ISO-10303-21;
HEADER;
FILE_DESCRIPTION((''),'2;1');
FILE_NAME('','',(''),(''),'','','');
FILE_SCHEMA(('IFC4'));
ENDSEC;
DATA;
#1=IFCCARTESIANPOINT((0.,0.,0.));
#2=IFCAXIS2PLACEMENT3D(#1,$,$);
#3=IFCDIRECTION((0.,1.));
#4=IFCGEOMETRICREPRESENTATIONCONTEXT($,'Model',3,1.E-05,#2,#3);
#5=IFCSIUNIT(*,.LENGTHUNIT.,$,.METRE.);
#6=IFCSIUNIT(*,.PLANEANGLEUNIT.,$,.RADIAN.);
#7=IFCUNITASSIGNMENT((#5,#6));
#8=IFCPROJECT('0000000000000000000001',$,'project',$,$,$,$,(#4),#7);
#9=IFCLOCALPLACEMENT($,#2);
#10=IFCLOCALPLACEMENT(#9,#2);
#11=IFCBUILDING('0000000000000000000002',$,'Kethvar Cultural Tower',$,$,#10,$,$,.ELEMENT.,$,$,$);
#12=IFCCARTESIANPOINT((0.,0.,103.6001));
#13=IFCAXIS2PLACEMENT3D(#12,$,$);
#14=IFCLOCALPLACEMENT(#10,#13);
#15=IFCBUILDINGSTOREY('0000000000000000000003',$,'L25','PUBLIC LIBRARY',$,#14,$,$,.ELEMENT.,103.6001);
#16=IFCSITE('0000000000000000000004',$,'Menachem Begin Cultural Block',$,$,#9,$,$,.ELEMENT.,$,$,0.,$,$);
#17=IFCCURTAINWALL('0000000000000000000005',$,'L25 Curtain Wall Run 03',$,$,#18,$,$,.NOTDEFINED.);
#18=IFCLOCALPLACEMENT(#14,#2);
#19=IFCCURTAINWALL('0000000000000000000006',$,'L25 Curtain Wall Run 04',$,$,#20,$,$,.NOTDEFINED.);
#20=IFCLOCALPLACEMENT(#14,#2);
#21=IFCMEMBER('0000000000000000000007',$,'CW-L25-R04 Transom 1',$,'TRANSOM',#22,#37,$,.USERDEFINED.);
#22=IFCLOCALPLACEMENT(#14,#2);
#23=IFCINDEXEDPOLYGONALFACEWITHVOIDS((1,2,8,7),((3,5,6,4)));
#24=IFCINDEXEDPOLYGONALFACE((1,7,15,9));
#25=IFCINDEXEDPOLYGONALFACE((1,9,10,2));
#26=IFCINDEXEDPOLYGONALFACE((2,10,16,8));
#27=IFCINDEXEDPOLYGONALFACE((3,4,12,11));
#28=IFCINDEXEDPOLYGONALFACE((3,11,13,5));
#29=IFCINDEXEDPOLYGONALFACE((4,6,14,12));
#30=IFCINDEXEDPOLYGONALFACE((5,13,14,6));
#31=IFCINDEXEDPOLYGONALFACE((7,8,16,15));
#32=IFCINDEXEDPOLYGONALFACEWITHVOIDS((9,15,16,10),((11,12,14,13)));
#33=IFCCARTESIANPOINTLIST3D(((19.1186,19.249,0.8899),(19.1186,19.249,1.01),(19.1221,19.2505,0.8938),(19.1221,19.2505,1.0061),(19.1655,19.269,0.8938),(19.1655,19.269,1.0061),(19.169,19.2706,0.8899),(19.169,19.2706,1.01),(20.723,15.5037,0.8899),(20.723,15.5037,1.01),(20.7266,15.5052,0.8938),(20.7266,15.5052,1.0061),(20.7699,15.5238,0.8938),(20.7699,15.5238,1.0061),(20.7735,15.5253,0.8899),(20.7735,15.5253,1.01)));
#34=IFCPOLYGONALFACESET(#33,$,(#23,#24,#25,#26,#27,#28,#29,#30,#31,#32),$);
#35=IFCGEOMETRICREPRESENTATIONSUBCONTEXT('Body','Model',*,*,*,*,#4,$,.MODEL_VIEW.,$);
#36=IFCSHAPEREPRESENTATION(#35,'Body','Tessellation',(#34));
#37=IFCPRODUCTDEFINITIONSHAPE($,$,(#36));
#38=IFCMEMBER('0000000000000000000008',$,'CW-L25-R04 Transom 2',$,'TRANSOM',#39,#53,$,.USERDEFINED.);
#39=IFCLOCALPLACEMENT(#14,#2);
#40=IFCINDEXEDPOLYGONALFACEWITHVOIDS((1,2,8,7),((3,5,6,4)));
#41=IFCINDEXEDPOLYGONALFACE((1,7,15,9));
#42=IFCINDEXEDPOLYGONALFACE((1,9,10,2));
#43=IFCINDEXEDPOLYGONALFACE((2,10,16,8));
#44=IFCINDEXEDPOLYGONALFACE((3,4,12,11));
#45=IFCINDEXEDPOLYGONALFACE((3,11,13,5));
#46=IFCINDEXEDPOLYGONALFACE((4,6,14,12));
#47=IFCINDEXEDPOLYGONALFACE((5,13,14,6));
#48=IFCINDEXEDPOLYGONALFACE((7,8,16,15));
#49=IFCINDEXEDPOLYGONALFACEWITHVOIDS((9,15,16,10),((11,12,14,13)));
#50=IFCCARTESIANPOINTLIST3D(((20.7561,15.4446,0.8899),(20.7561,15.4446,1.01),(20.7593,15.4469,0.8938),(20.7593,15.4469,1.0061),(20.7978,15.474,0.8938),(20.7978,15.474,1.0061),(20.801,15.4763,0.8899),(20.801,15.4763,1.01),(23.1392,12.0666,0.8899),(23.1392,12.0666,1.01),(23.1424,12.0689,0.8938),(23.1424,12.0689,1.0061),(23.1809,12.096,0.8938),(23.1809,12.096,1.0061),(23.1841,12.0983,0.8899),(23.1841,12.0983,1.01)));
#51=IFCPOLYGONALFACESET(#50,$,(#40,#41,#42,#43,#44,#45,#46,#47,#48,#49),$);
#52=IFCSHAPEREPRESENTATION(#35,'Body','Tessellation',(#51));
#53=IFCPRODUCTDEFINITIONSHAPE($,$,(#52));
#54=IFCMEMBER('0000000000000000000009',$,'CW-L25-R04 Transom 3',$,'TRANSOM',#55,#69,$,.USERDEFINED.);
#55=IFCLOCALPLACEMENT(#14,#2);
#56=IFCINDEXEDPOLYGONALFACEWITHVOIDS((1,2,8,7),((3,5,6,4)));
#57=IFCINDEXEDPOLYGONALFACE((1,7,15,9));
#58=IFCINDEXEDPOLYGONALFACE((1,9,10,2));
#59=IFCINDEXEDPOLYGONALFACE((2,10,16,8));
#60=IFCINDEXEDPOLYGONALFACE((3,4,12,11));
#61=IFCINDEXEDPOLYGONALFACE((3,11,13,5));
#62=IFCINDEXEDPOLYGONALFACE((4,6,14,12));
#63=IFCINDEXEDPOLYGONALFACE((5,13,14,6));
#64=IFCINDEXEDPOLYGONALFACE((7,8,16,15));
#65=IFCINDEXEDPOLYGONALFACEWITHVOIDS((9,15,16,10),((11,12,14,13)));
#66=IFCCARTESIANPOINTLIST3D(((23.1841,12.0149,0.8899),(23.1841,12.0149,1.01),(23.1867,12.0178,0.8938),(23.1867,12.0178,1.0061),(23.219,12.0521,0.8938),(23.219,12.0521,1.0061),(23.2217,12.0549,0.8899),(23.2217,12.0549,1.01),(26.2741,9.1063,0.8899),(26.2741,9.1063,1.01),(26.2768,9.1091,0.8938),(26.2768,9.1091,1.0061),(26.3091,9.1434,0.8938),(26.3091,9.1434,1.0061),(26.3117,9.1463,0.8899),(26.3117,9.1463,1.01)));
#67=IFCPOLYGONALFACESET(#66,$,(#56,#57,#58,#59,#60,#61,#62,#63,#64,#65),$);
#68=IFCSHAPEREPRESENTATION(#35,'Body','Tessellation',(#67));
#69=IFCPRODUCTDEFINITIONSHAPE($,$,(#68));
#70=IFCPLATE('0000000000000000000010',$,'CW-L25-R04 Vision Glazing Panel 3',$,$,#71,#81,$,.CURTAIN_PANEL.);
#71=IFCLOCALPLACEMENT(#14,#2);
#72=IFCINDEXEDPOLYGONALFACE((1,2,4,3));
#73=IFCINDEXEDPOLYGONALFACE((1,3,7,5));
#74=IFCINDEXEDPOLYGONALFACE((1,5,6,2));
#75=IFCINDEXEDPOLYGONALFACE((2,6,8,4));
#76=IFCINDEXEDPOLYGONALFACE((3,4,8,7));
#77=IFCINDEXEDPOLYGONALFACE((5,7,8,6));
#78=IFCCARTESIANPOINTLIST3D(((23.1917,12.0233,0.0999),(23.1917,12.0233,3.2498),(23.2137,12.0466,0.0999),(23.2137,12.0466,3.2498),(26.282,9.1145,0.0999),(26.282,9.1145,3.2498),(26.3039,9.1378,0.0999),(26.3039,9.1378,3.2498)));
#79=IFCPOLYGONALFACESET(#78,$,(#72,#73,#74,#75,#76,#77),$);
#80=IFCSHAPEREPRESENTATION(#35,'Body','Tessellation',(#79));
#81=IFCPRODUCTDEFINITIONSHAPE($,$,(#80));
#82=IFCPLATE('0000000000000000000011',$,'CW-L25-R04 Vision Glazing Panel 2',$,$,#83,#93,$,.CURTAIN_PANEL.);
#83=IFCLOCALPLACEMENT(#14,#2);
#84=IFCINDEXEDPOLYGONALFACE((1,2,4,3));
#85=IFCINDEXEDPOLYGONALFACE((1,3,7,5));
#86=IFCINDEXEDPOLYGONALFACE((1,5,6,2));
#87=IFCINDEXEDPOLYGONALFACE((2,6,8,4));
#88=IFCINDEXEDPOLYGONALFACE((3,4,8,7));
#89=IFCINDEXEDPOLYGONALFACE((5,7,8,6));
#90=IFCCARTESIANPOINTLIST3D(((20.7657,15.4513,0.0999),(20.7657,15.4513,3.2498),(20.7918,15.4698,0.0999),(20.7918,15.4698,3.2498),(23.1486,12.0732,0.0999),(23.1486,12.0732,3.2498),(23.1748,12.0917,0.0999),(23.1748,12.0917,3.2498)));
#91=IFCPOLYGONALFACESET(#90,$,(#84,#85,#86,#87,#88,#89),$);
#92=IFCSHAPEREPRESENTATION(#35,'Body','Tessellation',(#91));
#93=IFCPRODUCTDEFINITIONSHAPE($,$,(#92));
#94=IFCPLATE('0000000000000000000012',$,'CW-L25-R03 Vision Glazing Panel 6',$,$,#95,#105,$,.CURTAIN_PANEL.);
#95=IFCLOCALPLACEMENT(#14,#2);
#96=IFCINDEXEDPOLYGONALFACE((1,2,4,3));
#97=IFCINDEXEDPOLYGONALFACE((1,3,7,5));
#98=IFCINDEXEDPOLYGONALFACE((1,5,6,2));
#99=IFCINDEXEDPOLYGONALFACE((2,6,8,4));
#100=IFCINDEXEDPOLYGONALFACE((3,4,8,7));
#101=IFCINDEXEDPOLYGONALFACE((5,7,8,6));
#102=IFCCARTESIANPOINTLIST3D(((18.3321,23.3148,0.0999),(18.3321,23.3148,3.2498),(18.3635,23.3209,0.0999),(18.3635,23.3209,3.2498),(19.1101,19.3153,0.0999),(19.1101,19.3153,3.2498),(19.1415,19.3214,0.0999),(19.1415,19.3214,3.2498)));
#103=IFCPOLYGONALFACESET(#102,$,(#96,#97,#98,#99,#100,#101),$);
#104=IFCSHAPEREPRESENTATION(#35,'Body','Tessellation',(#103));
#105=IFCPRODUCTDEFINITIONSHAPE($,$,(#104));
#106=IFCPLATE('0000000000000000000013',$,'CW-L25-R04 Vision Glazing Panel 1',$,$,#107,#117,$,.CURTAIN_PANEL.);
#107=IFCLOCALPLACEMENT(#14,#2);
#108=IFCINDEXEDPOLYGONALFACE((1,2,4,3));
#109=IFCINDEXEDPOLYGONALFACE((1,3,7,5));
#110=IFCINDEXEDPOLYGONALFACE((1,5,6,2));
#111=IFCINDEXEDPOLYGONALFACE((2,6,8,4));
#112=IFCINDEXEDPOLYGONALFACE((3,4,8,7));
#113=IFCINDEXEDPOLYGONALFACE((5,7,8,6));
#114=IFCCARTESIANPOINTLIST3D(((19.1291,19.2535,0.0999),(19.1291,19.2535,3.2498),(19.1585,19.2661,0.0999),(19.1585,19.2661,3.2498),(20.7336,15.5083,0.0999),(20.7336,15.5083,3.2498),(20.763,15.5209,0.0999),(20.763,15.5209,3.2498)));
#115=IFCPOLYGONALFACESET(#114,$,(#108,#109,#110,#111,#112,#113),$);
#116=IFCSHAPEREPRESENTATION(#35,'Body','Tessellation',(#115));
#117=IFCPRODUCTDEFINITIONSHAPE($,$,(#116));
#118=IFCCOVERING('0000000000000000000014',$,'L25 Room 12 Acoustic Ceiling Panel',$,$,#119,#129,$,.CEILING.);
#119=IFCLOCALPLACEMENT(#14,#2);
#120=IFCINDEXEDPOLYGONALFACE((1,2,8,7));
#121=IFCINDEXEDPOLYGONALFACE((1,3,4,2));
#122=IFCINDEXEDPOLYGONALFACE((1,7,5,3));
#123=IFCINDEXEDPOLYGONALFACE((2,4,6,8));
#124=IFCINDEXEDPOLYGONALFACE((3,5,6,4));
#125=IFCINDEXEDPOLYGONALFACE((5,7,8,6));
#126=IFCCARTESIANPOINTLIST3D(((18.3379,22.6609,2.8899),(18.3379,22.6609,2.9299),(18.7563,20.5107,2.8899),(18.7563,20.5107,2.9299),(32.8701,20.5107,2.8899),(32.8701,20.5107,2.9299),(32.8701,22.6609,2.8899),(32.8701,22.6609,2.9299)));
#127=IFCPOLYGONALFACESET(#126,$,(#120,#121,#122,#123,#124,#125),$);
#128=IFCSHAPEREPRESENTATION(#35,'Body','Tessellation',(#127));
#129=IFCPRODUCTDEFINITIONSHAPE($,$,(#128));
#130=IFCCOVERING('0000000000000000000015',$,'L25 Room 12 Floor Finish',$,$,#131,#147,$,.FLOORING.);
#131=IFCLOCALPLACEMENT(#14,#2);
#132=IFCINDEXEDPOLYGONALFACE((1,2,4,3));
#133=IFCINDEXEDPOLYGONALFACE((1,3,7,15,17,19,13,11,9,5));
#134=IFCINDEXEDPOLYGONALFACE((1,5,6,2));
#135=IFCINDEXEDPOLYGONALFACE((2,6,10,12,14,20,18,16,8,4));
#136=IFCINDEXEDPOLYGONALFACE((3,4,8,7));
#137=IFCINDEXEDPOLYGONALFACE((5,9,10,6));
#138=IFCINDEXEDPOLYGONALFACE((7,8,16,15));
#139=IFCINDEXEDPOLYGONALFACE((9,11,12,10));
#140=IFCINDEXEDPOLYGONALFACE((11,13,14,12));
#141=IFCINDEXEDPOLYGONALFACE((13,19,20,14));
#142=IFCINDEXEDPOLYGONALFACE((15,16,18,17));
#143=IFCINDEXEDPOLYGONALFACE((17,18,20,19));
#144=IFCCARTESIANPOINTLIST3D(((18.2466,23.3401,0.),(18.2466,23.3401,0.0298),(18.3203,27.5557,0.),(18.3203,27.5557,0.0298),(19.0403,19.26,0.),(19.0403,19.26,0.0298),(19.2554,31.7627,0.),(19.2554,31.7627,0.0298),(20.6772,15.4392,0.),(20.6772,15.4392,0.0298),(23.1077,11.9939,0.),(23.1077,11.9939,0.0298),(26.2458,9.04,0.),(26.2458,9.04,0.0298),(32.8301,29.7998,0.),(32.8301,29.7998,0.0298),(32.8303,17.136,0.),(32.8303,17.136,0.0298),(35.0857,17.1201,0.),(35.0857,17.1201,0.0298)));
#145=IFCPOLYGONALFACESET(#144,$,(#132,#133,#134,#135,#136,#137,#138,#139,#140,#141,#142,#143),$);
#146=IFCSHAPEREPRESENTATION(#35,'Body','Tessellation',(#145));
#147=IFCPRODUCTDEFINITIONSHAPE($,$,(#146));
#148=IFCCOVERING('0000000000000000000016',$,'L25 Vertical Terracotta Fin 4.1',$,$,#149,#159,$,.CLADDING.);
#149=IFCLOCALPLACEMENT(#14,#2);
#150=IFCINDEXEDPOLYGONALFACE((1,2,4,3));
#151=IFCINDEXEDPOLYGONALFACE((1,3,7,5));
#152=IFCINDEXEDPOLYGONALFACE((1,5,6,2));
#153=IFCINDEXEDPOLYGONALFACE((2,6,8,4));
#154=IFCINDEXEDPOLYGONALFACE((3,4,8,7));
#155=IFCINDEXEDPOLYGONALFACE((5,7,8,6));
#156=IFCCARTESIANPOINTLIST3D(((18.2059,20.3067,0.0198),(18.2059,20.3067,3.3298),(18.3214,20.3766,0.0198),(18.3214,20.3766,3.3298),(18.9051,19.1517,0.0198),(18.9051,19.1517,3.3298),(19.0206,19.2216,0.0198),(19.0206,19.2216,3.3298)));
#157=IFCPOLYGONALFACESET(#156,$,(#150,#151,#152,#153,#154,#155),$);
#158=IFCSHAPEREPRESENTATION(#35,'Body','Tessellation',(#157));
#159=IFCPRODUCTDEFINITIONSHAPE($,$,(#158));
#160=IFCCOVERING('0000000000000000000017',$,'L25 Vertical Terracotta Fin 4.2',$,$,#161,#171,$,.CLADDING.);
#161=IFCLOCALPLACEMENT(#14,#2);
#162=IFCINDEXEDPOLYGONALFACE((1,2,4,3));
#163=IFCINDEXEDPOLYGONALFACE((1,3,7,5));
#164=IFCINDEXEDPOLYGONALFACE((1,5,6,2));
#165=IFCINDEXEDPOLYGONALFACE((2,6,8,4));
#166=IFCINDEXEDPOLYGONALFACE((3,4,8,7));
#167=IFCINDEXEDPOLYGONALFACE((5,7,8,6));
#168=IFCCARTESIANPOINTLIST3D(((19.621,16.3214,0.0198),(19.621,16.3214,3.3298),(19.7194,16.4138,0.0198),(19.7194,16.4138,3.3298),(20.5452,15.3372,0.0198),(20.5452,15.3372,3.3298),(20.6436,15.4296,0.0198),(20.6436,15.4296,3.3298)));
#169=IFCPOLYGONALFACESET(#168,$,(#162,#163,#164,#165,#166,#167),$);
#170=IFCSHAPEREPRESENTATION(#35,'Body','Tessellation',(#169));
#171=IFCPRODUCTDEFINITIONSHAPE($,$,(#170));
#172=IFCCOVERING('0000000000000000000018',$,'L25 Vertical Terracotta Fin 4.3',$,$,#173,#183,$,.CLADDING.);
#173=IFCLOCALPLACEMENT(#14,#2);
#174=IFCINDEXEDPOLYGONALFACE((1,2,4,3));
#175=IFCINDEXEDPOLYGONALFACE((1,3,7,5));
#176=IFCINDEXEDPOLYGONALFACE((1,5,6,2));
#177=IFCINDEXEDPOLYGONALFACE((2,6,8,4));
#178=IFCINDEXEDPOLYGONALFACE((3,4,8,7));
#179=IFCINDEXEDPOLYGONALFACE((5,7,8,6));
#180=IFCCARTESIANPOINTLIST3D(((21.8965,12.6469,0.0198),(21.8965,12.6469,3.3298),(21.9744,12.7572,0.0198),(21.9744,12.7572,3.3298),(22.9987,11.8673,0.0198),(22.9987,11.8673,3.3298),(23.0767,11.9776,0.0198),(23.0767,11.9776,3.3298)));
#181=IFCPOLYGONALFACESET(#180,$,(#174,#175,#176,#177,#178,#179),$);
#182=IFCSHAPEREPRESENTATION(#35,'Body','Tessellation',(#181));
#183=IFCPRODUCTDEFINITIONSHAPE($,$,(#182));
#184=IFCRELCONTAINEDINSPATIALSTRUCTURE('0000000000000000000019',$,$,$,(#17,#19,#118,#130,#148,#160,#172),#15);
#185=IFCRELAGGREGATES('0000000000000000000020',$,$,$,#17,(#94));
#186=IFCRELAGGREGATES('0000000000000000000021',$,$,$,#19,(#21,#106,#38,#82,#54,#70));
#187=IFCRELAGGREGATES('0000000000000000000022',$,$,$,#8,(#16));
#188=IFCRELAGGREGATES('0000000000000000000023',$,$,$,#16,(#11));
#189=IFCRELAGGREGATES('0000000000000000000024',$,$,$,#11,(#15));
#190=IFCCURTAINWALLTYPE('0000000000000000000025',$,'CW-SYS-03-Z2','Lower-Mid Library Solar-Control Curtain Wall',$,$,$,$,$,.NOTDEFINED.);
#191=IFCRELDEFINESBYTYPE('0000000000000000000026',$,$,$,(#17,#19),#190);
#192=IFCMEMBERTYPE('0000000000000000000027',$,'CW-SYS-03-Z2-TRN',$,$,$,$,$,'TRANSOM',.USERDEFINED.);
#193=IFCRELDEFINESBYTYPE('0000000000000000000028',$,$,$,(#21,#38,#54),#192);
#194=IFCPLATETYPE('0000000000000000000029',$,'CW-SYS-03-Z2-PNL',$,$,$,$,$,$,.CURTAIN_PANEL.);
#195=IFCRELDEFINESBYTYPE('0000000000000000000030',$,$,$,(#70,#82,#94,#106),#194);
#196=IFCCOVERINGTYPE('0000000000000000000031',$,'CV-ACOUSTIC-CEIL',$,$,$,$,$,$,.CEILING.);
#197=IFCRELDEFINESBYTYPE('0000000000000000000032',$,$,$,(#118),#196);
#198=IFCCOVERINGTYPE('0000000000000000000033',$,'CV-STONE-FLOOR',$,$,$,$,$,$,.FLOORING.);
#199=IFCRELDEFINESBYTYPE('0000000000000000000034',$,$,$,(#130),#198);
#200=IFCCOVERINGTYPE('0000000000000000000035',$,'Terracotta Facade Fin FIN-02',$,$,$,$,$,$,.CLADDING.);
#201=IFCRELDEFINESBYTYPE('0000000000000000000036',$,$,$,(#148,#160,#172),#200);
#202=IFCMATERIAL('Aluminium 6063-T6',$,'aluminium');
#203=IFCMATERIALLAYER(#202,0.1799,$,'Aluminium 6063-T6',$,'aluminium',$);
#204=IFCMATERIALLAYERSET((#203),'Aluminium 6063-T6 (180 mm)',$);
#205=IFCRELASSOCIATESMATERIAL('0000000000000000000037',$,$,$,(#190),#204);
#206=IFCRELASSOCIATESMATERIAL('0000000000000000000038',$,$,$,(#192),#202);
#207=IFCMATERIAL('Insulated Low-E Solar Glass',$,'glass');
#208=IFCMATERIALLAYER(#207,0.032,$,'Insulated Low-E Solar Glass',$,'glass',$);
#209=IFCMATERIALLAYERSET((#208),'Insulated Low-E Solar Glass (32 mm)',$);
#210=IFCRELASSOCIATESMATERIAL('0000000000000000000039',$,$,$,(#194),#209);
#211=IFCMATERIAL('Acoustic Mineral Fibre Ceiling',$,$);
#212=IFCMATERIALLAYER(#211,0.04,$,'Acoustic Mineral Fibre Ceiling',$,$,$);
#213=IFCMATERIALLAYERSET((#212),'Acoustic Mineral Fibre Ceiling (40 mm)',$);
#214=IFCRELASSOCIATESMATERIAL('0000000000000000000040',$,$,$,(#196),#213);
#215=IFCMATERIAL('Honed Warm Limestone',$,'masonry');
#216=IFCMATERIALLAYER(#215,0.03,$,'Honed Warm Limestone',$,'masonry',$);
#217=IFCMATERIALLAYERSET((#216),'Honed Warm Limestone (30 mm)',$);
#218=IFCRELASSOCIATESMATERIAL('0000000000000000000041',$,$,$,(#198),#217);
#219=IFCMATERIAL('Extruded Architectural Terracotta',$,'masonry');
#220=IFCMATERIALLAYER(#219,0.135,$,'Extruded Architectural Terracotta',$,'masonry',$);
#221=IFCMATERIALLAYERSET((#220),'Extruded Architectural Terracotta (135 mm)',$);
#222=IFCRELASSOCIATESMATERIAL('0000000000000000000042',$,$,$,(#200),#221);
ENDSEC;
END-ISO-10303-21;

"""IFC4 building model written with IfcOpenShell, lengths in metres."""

from ifc_helpers import new_model, si_unit, direction, frame, origin, origin_2d, place, context, subcontext, project, spatial, polyline, rectangle, hollow_rectangle, outline, extrude, source, transform, mapped, material, layer, layer_set, material_profile, profile_set, type_object, element, aggregate, save


model = new_model("IFC4")

# Units and contexts
model_context = context("Model", 3, precision=1e-05, world=origin(), true_north=direction((0.0, 1.0)))
body_context = subcontext(model_context, "Body", "Model", "MODEL_VIEW")
ifc_project = project(units=[si_unit("LENGTHUNIT", "METRE"), si_unit("PLANEANGLEUNIT", "RADIAN")], contexts=[model_context])

# Site, building, storey
site_placement = place(None, origin())
site = spatial("IfcSite", under=ifc_project, at=site_placement, Name="Menachem Begin Cultural Block", CompositionType="ELEMENT", RefElevation=0.0)
building_placement = place(site_placement, origin())
building = spatial("IfcBuilding", under=site, at=building_placement, Name="Kethvar Cultural Tower", CompositionType="ELEMENT")
storey_placement = place(building_placement, frame((0.0, 0.0, 103.6001)))
storey = spatial("IfcBuildingStorey", under=building, at=storey_placement, Name="L25", Description="PUBLIC LIBRARY", CompositionType="ELEMENT", Elevation=103.6001)

# Curtain wall
ifc_material_1 = material(Name="Aluminium 6063-T6", Category="aluminium")
ifc_layer_1 = layer(ifc_material_1, 0.1799, Name="Aluminium 6063-T6", Category="aluminium")
ifc_layer_set_1 = layer_set([ifc_layer_1], Name="Aluminium 6063-T6 (180 mm)")
curtain_wall_type = type_object("IfcCurtainWallType", Name="CW-SYS-03-Z2", Description="Lower-Mid Library Solar-Control Curtain Wall", PredefinedType="NOTDEFINED", material=ifc_layer_set_1)
curtain_wall_1_placement = place(storey_placement, origin())
curtain_wall_1 = element("IfcCurtainWall", 1, at=curtain_wall_1_placement, inside=storey, type_object=curtain_wall_type, Name="L25 Curtain Wall Run 03", PredefinedType="NOTDEFINED")

# Curtain wall
curtain_wall_2_placement = place(storey_placement, origin())
curtain_wall_2 = element("IfcCurtainWall", 2, at=curtain_wall_2_placement, inside=storey, type_object=curtain_wall_type, Name="L25 Curtain Wall Run 04", PredefinedType="NOTDEFINED")

# Members
ifc_material_profile_1 = material_profile(ifc_material_1, hollow_rectangle(XDim=0.0549, YDim=0.1201, WallThickness=0.0039, at=origin_2d()), Name="Aluminium 6063-T6 — RHS120x55x4")
ifc_profile_set_1 = profile_set([ifc_material_profile_1], Name="Aluminium 6063-T6 — RHS120x55x4")
member_type_1 = type_object("IfcMemberType", Name="CW-SYS-03-Z2-TRN", ElementType="TRANSOM", PredefinedType="USERDEFINED", material=ifc_profile_set_1)
shared_shape_1 = source(origin(), body_context, "Body", "SweptSolid", [
    extrude(hollow_rectangle(XDim=0.0549, YDim=0.1201, WallThickness=0.0039, at=origin_2d()), origin(), (0.0, 0.0, 1.0), 4.0745),
])
member_1_placement = place(storey_placement, frame((19.1438, 19.2598, 0.95), z_axis=(0.393782, -0.919204, 0.0), x_axis=(0.919204, 0.393782, 0.0)))
member_1 = element("IfcMember", 3, at=member_1_placement, type_object=member_type_1, Name="CW-L25-R04 Transom 1", ObjectType="TRANSOM", PredefinedType="USERDEFINED", context=body_context, shape_type="MappedRepresentation", body=[
    mapped(shared_shape_1, transform((0.0, 0.0, 0.0), scale=1.0)),
])
shared_shape_2 = source(origin(), body_context, "Body", "SweptSolid", [
    extrude(hollow_rectangle(XDim=0.0549, YDim=0.1201, WallThickness=0.0039, at=origin_2d()), origin(), (0.0, 0.0, 1.0), 4.134),
])
member_2_placement = place(storey_placement, frame((20.7786, 15.4604, 0.95), z_axis=(0.576463, -0.817123, 0.0), x_axis=(0.817123, 0.576463, 0.0)))
member_2 = element("IfcMember", 4, at=member_2_placement, type_object=member_type_1, Name="CW-L25-R04 Transom 2", ObjectType="TRANSOM", PredefinedType="USERDEFINED", context=body_context, shape_type="MappedRepresentation", body=[
    mapped(shared_shape_2, transform((0.0, 0.0, 0.0), scale=1.0)),
])
shared_shape_3 = source(origin(), body_context, "Body", "SweptSolid", [
    extrude(hollow_rectangle(XDim=0.0549, YDim=0.1201, WallThickness=0.0039, at=origin_2d()), origin(), (0.0, 0.0, 1.0), 4.2437),
])
member_3_placement = place(storey_placement, frame((23.2029, 12.0349, 0.95), z_axis=(0.728156, -0.685411, 0.0), x_axis=(0.685411, 0.728156, 0.0)))
member_3 = element("IfcMember", 5, at=member_3_placement, type_object=member_type_1, Name="CW-L25-R04 Transom 3", ObjectType="TRANSOM", PredefinedType="USERDEFINED", context=body_context, shape_type="MappedRepresentation", body=[
    mapped(shared_shape_3, transform((0.0, 0.0, 0.0), scale=1.0)),
])

# Plates
ifc_material_2 = material(Name="Insulated Low-E Solar Glass", Category="glass")
ifc_layer_2 = layer(ifc_material_2, 0.032, Name="Insulated Low-E Solar Glass", Category="glass")
ifc_layer_set_2 = layer_set([ifc_layer_2], Name="Insulated Low-E Solar Glass (32 mm)")
plate_type = type_object("IfcPlateType", Name="CW-SYS-03-Z2-PNL", PredefinedType="CURTAIN_PANEL", material=ifc_layer_set_2)
shared_shape_4 = source(origin(), body_context, "Body", "SweptSolid", [
    extrude(rectangle(XDim=4.2439, YDim=0.032, at=origin_2d()), origin(), (0.0, 0.0, 1.0), 3.1499),
])
plate_1_placement = place(storey_placement, frame((24.7478, 10.5806, 0.0999), z_axis=(0.0, 0.0, 1.0), x_axis=(0.728156, -0.685412, 0.0)))
plate_1 = element("IfcPlate", 6, at=plate_1_placement, type_object=plate_type, Name="CW-L25-R04 Vision Glazing Panel 3", PredefinedType="CURTAIN_PANEL", context=body_context, shape_type="MappedRepresentation", body=[
    mapped(shared_shape_4, transform((0.0, 0.0, 0.0), scale=1.0)),
])
shared_shape_5 = source(origin(), body_context, "Body", "SweptSolid", [
    extrude(rectangle(XDim=4.134, YDim=0.032, at=origin_2d()), origin(), (0.0, 0.0, 1.0), 3.1499),
])
plate_2_placement = place(storey_placement, frame((21.9702, 13.7715, 0.0999), z_axis=(0.0, 0.0, 1.0), x_axis=(0.576432, -0.817145, 0.0)))
plate_2 = element("IfcPlate", 7, at=plate_2_placement, type_object=plate_type, Name="CW-L25-R04 Vision Glazing Panel 2", PredefinedType="CURTAIN_PANEL", context=body_context, shape_type="MappedRepresentation", body=[
    mapped(shared_shape_5, transform((0.0, 0.0, 0.0), scale=1.0)),
])
shared_shape_6 = source(origin(), body_context, "Body", "SweptSolid", [
    extrude(rectangle(XDim=4.0745, YDim=0.032, at=origin_2d()), origin(), (0.0, 0.0, 1.0), 3.1499),
])
plate_3_placement = place(storey_placement, frame((18.7368, 21.3181, 0.0999), z_axis=(0.0, 0.0, 1.0), x_axis=(0.190946, -0.981601, 0.0)))
plate_3 = element("IfcPlate", 8, at=plate_3_placement, type_object=plate_type, Name="CW-L25-R03 Vision Glazing Panel 6", PredefinedType="CURTAIN_PANEL", context=body_context, shape_type="MappedRepresentation", body=[
    mapped(shared_shape_6, transform((0.0, 0.0, 0.0), scale=1.0)),
])
aggregate(curtain_wall_1, [plate_3])
plate_4_placement = place(storey_placement, frame((19.946, 17.3872, 0.0999), z_axis=(0.0, 0.0, 1.0), x_axis=(0.393814, -0.91919, 0.0)))
plate_4 = element("IfcPlate", 9, at=plate_4_placement, type_object=plate_type, Name="CW-L25-R04 Vision Glazing Panel 1", PredefinedType="CURTAIN_PANEL", context=body_context, shape_type="MappedRepresentation", body=[
    mapped(shared_shape_6, transform((0.0, 0.0, 0.0), scale=1.0)),
])
aggregate(curtain_wall_2, [member_1, plate_4, member_2, plate_2, member_3, plate_1])

# Coverings
ifc_material_3 = material(Name="Acoustic Mineral Fibre Ceiling")
ifc_layer_3 = layer(ifc_material_3, 0.04, Name="Acoustic Mineral Fibre Ceiling")
ifc_layer_set_3 = layer_set([ifc_layer_3], Name="Acoustic Mineral Fibre Ceiling (40 mm)")
covering_type_1 = type_object("IfcCoveringType", Name="CV-ACOUSTIC-CEIL", PredefinedType="CEILING", material=ifc_layer_set_3)
covering_1_placement = place(storey_placement, frame((0.0, 0.0, 2.8899)))
element("IfcCovering", 10, at=covering_1_placement, inside=storey, type_object=covering_type_1, Name="L25 Room 12 Acoustic Ceiling Panel", PredefinedType="CEILING", context=body_context, shape_type="SweptSolid", body=[
    extrude(outline(polyline([(18.3379, 22.6609), (32.8701, 22.6609), (32.8701, 20.5107), (18.7563, 20.5107), (18.3379, 22.6609)])), origin(), (0.0, 0.0, 1.0), 0.04),
])
ifc_material_4 = material(Name="Honed Warm Limestone", Category="masonry")
ifc_layer_4 = layer(ifc_material_4, 0.03, Name="Honed Warm Limestone", Category="masonry")
ifc_layer_set_4 = layer_set([ifc_layer_4], Name="Honed Warm Limestone (30 mm)")
covering_type_2 = type_object("IfcCoveringType", Name="CV-STONE-FLOOR", PredefinedType="FLOORING", material=ifc_layer_set_4)
covering_2_placement = place(storey_placement, origin())
element("IfcCovering", 11, at=covering_2_placement, inside=storey, type_object=covering_type_2, Name="L25 Room 12 Floor Finish", PredefinedType="FLOORING", context=body_context, shape_type="SweptSolid", body=[
    extrude(outline(polyline([(23.1077, 11.9939), (20.6772, 15.4392), (19.0403, 19.26), (18.2466, 23.3401), (18.3203, 27.5557), (19.2554, 31.7627), (32.8301, 29.7998), (32.8303, 17.136), (35.0857, 17.1201), (26.2458, 9.04), (23.1077, 11.9939)])), origin(), (0.0, 0.0, 1.0), 0.0298),
])
ifc_material_5 = material(Name="Extruded Architectural Terracotta", Category="masonry")
ifc_layer_5 = layer(ifc_material_5, 0.135, Name="Extruded Architectural Terracotta", Category="masonry")
ifc_layer_set_5 = layer_set([ifc_layer_5], Name="Extruded Architectural Terracotta (135 mm)")
covering_type_3 = type_object("IfcCoveringType", Name="Terracotta Facade Fin FIN-02", PredefinedType="CLADDING", material=ifc_layer_set_5)
shared_shape_7 = source(origin(), body_context, "Body", "SweptSolid", [
    extrude(rectangle(XDim=1.3501, YDim=0.135, at=origin_2d()), origin(), (0.0, 0.0, 1.0), 3.3101),
])
for number, where, z_axis, x_axis, name in (
    (12, (18.6133, 19.7642, 0.0198), (0.0, 0.0, 1.0), (-0.517878, 0.855455, 0.0), "L25 Vertical Terracotta Fin 4.1"),
    (13, (20.1323, 15.8755, 0.0198), (0.0, 0.0, 1.0), (-0.684547, 0.728969, 0.0), "L25 Vertical Terracotta Fin 4.2"),
    (14, (22.4866, 12.3123, 0.0198), (0.0, 0.0, 1.0), (-0.81644, 0.57743, 0.0), "L25 Vertical Terracotta Fin 4.3"),
):
    element("IfcCovering", number, at=place(storey_placement, frame(where, z_axis=z_axis, x_axis=x_axis)), inside=storey, type_object=covering_type_3, Name=name, PredefinedType="CLADDING", context=body_context, shape_type="MappedRepresentation", body=[
        mapped(shared_shape_7, transform((0.0, 0.0, 0.0), scale=1.0)),
    ])

save(model, "model.ifc")
